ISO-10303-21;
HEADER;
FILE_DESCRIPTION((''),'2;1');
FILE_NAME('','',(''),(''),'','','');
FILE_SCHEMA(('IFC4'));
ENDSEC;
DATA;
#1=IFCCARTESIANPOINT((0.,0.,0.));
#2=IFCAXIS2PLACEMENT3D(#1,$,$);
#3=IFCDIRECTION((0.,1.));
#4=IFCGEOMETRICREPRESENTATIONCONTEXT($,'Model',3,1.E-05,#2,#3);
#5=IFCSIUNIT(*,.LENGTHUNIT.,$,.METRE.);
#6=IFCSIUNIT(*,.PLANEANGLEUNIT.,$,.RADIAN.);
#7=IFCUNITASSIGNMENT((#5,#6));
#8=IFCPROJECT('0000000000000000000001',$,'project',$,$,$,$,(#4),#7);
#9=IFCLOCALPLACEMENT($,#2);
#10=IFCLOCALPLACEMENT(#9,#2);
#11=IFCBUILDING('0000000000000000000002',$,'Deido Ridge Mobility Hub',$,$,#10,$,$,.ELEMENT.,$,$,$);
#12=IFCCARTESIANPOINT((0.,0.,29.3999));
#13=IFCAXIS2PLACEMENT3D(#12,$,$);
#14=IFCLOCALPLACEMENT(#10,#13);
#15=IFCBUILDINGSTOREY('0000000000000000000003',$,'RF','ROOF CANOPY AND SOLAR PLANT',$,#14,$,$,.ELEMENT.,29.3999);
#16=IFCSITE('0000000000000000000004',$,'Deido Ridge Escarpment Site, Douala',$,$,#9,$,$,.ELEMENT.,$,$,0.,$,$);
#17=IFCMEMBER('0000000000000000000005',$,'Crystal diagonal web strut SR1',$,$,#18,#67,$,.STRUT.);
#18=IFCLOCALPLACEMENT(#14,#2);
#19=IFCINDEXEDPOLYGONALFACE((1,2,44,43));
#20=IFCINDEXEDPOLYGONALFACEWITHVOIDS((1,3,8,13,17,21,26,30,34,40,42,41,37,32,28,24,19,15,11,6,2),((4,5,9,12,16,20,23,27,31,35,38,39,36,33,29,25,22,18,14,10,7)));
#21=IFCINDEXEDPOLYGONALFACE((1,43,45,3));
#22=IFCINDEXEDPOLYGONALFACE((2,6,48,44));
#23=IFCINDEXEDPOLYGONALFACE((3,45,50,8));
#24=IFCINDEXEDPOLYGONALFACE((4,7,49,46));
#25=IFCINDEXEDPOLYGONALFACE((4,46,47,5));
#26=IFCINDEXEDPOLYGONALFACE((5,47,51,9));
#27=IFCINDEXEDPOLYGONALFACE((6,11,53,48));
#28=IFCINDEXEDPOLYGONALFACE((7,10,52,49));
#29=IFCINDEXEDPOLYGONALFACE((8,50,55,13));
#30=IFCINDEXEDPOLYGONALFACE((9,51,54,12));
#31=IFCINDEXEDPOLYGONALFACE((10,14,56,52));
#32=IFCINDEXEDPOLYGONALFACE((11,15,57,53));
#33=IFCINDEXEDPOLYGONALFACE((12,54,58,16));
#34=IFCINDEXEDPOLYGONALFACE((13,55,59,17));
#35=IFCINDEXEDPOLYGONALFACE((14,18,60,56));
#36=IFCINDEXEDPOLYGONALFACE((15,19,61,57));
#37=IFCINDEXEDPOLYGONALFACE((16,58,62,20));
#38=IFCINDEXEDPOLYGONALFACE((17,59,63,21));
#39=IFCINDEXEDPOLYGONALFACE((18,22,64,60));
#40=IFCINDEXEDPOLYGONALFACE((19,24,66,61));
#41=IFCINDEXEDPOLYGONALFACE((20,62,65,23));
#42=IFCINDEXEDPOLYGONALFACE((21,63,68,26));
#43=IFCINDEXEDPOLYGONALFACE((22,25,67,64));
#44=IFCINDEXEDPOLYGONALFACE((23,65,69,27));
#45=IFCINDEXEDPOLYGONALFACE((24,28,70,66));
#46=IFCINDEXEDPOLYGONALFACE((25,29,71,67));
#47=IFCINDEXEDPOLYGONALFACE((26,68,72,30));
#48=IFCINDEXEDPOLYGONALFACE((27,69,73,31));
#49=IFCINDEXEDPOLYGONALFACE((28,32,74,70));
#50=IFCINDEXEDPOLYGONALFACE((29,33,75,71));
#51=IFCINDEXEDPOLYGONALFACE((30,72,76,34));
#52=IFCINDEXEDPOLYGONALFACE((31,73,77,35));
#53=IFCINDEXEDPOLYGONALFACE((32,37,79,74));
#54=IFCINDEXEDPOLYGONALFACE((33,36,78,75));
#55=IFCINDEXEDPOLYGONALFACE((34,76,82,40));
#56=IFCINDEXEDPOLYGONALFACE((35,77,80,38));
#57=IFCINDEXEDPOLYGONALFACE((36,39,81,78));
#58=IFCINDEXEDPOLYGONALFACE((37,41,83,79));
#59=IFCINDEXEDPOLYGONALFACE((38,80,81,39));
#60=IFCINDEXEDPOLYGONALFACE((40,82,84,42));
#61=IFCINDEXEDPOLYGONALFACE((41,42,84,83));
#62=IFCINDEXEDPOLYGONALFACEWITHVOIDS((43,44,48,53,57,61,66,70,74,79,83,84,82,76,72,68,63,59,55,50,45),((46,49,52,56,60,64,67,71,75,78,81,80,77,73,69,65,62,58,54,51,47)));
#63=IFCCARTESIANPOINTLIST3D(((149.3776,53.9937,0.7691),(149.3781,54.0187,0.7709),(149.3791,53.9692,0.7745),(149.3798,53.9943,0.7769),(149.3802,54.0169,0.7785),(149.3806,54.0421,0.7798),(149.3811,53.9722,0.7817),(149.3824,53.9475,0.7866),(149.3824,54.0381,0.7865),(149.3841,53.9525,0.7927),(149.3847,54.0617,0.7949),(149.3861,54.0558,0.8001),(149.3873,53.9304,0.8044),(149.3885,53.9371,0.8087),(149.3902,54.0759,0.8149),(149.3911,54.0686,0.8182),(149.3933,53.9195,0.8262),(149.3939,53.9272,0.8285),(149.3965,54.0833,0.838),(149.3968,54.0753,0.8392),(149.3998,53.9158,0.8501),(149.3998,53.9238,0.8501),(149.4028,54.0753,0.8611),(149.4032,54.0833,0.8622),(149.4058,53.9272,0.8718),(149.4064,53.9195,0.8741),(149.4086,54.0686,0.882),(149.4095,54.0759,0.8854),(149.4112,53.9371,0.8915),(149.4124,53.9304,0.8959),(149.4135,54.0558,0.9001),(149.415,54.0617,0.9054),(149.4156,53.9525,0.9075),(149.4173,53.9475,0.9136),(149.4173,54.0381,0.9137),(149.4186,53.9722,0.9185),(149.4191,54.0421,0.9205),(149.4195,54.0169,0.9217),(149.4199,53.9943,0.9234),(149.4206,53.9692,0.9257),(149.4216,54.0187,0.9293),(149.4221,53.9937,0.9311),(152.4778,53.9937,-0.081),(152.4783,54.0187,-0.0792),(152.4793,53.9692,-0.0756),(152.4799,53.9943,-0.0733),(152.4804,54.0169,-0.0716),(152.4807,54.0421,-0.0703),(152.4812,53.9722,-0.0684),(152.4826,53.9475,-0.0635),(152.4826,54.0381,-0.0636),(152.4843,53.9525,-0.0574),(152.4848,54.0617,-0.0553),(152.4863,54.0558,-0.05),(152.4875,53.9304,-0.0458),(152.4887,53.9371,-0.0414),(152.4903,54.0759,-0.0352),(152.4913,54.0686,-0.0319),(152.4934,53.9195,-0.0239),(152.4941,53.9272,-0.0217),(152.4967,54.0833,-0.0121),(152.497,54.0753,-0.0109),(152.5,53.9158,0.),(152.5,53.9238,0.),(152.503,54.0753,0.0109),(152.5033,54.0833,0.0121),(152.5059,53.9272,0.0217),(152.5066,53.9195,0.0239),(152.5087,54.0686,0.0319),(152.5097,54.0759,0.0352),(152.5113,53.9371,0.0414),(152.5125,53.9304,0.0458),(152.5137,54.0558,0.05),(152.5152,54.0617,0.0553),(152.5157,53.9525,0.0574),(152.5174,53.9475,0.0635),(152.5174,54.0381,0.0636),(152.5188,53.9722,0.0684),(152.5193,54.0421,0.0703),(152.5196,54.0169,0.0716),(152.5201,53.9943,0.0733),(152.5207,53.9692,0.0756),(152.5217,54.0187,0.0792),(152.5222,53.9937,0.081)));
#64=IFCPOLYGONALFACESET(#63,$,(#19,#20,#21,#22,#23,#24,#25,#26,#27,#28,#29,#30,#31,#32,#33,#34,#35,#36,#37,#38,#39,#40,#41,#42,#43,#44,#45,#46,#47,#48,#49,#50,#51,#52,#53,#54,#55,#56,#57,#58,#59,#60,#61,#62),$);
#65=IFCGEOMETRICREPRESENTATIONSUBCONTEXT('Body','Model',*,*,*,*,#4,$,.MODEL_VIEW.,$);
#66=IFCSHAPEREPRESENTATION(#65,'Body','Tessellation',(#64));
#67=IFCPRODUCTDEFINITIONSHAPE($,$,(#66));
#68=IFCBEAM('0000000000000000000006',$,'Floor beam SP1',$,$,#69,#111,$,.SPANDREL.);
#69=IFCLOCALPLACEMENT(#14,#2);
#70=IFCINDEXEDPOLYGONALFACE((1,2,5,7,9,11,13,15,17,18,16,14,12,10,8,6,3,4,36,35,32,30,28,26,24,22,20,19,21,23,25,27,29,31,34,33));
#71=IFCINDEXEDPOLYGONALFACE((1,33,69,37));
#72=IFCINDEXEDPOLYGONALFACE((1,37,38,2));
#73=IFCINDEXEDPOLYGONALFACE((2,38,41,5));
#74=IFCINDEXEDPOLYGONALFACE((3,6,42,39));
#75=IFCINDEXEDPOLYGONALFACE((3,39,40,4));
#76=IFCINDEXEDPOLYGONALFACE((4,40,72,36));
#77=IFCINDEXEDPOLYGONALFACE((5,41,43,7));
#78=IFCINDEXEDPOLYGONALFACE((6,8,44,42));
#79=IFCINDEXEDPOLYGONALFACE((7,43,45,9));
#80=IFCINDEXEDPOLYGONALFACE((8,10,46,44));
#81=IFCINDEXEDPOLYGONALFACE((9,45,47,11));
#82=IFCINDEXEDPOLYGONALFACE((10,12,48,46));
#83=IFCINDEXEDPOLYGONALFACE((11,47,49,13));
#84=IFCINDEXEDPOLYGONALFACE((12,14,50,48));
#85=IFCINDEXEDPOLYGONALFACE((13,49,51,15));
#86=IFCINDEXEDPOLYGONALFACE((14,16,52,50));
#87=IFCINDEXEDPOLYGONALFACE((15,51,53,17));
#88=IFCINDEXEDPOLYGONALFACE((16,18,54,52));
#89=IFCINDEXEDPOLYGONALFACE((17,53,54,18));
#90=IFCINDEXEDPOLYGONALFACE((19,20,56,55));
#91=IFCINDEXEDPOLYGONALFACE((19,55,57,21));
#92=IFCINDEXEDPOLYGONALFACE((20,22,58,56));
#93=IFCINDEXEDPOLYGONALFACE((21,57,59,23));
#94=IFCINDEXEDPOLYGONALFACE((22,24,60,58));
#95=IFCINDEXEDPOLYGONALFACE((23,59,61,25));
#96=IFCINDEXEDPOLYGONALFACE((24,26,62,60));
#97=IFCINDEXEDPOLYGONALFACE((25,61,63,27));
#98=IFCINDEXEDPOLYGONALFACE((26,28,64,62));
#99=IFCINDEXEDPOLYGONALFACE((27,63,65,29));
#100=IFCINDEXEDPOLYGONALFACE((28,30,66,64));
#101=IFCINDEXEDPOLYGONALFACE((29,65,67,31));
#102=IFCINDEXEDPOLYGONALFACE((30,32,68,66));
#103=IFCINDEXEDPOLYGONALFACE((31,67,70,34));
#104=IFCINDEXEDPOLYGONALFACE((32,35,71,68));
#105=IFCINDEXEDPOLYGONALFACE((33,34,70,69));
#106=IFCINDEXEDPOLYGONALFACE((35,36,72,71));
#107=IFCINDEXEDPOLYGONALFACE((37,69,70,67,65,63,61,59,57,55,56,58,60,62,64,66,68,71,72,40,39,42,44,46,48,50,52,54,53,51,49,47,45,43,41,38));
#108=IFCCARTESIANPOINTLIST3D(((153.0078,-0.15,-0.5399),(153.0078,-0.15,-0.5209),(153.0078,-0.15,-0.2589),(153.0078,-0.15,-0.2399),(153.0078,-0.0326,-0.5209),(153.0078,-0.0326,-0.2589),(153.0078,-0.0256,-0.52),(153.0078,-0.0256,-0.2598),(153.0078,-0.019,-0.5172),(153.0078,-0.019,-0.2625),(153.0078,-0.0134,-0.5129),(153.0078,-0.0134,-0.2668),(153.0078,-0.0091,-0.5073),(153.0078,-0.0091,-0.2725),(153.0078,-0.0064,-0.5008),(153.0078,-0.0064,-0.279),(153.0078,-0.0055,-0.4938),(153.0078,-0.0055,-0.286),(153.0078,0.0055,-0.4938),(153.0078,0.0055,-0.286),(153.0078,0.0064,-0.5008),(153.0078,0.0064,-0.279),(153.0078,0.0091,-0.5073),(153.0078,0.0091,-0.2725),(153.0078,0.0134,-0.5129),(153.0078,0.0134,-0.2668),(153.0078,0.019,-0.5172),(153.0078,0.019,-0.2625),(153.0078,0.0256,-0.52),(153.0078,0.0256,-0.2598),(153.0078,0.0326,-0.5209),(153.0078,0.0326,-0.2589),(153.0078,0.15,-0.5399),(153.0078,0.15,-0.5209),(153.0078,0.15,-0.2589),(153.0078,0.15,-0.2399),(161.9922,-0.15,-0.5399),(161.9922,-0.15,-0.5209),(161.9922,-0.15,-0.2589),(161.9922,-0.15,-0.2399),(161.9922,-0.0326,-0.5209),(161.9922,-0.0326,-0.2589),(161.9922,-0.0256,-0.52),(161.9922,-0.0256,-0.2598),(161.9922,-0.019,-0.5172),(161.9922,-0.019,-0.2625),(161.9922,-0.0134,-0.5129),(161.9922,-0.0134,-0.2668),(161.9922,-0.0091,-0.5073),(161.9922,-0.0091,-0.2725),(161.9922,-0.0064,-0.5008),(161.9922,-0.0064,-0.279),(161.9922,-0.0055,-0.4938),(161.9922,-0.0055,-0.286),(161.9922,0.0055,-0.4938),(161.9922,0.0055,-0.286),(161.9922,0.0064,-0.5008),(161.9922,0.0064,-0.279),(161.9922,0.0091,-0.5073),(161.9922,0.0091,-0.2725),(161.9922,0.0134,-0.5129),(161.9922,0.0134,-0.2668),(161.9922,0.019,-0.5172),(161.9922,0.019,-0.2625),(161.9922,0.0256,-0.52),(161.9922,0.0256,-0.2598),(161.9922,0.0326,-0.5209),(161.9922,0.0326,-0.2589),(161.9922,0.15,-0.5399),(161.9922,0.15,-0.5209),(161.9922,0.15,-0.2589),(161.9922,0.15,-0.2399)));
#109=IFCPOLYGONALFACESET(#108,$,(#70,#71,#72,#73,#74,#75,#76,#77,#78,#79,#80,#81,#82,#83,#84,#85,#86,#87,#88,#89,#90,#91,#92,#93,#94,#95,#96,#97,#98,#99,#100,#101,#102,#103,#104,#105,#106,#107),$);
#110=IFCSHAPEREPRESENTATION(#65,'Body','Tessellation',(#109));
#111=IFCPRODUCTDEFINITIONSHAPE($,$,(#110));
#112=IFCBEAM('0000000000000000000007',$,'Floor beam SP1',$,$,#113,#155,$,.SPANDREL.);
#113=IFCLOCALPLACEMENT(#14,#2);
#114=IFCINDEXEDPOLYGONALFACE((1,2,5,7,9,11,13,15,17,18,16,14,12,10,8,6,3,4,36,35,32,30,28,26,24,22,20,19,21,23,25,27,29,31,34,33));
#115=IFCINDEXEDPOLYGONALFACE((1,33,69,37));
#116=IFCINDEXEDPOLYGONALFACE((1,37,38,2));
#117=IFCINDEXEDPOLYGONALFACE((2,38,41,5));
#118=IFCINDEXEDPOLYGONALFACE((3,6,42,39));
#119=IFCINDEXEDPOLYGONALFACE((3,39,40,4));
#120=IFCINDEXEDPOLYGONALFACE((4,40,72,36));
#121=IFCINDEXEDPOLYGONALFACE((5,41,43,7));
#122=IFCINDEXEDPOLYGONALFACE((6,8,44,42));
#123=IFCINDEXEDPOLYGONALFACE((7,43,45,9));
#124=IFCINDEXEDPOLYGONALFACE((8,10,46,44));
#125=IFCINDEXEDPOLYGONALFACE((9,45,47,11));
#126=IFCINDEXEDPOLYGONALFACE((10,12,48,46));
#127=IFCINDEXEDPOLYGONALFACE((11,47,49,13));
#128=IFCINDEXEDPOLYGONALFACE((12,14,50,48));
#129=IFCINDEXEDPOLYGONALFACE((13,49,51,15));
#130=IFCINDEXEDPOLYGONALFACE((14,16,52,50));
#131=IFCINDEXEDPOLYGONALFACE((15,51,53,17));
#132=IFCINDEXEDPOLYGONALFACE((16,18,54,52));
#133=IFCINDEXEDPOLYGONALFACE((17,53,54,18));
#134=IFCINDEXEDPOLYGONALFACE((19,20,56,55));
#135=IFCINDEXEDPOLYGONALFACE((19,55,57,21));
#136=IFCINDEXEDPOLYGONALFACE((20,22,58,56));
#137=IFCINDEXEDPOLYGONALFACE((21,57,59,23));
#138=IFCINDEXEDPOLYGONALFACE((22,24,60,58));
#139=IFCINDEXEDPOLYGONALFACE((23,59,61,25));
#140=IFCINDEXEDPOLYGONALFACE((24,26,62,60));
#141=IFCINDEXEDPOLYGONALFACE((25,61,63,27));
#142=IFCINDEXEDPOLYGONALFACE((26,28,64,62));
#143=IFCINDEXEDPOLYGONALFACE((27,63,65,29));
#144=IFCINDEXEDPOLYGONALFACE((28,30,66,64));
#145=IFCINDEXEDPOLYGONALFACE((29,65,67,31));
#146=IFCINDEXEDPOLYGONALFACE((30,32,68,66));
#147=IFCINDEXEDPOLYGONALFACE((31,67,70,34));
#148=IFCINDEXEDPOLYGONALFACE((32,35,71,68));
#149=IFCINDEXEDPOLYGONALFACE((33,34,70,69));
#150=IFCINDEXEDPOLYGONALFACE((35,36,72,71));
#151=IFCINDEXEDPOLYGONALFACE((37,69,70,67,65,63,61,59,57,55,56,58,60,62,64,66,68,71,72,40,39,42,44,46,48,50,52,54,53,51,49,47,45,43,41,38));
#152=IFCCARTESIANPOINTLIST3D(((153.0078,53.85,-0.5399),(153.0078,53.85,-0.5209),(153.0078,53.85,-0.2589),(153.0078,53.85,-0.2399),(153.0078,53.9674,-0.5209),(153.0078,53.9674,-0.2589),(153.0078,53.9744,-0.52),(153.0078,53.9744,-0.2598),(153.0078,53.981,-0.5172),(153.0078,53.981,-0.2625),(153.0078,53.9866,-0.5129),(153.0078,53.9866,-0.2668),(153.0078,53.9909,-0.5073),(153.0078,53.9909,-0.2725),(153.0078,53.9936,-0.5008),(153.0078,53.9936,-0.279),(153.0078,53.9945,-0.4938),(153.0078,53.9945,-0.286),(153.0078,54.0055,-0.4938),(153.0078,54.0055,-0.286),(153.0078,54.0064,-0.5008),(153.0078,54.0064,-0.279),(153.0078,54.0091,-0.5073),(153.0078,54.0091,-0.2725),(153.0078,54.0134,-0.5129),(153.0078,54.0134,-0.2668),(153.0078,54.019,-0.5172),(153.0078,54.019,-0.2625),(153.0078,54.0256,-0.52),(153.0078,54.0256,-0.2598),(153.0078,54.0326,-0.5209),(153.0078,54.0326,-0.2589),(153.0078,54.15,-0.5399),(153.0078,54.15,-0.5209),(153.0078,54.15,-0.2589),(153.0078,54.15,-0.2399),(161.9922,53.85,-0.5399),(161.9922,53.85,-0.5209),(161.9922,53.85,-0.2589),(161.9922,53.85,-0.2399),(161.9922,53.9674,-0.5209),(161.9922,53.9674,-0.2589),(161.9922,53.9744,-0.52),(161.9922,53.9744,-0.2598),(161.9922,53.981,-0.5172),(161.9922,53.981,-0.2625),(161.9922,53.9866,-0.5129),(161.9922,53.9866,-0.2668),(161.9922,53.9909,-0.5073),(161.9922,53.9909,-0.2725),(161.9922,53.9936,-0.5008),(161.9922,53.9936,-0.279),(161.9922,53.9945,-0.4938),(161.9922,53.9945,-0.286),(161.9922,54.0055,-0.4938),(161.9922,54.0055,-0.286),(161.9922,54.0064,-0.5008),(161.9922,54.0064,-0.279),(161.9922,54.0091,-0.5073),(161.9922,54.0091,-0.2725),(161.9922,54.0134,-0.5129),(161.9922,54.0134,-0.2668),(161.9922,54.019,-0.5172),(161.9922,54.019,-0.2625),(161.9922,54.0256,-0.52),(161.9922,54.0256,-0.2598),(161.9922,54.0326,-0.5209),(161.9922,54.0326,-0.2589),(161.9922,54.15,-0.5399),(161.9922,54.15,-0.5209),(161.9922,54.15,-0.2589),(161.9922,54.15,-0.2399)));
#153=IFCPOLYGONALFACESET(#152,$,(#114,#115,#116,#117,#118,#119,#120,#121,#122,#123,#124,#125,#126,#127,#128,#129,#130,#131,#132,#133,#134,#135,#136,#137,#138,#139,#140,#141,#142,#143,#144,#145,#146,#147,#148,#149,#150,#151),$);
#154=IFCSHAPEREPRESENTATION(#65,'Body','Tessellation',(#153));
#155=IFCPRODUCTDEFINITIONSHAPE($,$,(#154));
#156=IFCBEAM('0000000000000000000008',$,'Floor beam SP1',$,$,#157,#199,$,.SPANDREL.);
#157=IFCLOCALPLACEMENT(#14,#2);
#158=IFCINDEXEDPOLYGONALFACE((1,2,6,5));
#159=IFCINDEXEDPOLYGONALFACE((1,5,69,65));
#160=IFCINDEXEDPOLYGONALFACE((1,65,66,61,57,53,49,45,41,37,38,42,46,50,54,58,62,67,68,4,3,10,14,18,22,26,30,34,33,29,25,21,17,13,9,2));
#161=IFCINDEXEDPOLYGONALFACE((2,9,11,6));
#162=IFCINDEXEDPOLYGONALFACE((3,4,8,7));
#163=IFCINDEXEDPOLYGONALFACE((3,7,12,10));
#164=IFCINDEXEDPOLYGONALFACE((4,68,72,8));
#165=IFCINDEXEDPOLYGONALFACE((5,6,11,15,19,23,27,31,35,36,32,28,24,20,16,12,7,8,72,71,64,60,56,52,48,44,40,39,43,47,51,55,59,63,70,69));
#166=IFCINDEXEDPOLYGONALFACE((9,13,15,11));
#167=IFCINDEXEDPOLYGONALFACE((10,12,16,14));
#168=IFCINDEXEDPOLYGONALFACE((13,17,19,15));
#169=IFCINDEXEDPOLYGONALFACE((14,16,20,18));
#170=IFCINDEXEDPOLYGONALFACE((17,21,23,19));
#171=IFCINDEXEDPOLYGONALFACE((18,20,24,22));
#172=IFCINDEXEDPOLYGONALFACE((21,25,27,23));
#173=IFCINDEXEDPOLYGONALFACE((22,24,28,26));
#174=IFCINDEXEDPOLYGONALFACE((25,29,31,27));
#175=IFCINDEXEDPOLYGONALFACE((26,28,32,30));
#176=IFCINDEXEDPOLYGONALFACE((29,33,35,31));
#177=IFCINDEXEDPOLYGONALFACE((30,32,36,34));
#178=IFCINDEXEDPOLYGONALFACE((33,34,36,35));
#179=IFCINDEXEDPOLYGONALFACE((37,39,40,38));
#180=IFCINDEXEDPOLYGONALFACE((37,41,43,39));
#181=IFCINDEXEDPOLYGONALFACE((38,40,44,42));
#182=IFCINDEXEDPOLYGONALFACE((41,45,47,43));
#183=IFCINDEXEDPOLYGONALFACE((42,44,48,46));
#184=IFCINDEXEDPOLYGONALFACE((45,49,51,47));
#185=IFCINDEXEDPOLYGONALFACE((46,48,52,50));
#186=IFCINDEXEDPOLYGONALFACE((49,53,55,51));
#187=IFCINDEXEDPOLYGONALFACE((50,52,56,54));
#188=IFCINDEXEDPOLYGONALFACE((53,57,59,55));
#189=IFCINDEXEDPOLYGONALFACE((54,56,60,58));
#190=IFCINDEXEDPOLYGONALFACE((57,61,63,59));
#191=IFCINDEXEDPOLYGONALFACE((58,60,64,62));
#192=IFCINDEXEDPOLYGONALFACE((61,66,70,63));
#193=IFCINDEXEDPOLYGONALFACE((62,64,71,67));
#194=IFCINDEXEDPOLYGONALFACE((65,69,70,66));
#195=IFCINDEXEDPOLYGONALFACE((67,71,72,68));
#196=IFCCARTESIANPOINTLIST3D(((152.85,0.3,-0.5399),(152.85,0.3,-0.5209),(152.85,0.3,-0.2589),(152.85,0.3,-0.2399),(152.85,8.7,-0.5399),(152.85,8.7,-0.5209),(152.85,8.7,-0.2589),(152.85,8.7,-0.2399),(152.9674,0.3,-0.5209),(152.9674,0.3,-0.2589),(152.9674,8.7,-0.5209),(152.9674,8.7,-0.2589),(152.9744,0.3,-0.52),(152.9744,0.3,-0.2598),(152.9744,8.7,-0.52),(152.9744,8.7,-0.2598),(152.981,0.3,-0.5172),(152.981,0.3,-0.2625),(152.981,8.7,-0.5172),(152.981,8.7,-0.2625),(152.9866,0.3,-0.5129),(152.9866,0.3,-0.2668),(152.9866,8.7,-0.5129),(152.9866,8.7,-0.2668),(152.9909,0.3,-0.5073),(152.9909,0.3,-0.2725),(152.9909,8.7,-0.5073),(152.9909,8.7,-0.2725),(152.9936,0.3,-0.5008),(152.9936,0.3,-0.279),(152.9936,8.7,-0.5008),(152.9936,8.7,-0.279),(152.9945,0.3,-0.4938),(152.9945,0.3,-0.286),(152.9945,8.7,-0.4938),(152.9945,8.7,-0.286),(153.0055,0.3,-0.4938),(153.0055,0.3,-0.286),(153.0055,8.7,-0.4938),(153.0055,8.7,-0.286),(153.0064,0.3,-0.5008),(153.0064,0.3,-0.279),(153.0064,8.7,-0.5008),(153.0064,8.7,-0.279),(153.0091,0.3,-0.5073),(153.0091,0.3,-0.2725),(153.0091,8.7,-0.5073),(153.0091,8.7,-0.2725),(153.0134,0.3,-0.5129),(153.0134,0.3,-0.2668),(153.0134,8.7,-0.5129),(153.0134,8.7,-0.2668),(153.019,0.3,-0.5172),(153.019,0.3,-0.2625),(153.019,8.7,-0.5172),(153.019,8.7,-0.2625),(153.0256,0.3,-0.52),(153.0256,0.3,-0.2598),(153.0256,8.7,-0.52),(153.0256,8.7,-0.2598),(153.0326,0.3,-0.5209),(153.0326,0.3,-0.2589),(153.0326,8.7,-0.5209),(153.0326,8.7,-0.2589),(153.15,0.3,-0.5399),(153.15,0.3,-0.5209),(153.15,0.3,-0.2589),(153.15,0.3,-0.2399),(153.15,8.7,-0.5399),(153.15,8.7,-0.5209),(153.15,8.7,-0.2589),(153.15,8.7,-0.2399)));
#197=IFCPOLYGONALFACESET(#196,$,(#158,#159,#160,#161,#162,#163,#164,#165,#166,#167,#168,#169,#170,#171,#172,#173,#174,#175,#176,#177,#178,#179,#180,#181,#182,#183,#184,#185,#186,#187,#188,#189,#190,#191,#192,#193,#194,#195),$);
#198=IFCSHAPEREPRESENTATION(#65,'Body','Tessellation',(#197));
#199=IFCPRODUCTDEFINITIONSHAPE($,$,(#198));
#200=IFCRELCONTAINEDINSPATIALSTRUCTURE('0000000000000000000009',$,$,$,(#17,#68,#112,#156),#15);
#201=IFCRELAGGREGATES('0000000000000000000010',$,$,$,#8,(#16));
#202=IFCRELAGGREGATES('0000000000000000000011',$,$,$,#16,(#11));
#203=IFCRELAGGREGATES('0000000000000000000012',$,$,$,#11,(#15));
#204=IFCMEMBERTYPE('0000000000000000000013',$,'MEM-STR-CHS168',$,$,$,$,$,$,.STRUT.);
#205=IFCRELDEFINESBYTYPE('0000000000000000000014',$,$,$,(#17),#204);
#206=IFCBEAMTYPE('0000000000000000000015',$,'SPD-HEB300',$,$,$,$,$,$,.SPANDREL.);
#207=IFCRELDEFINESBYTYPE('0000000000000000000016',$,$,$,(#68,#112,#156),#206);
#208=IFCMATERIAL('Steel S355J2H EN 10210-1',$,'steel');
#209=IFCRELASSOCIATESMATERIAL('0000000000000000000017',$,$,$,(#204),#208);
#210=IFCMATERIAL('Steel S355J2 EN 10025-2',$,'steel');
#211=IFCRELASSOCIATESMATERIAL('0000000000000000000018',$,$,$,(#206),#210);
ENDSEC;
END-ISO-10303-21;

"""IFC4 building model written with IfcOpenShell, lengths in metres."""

from ifc_helpers import new_model, si_unit, direction, frame, origin, origin_2d, place, context, subcontext, project, spatial, hollow_circle, i_section, extrude, material, material_profile, profile_set, type_object, element, save


model = new_model("IFC4")

# Units and contexts
model_context = context("Model", 3, precision=1e-05, world=origin(), true_north=direction((0.0, 1.0)))
body_context = subcontext(model_context, "Body", "Model", "MODEL_VIEW")
ifc_project = project(units=[si_unit("LENGTHUNIT", "METRE"), si_unit("PLANEANGLEUNIT", "RADIAN")], contexts=[model_context])

# Site, building, storey
site_placement = place(None, origin())
site = spatial("IfcSite", under=ifc_project, at=site_placement, Name="Deido Ridge Escarpment Site, Douala", CompositionType="ELEMENT", RefElevation=0.0)
building_placement = place(site_placement, origin())
building = spatial("IfcBuilding", under=site, at=building_placement, Name="Deido Ridge Mobility Hub", CompositionType="ELEMENT")
storey_placement = place(building_placement, frame((0.0, 0.0, 29.3999)))
storey = spatial("IfcBuildingStorey", under=building, at=storey_placement, Name="RF", Description="ROOF CANOPY AND SOLAR PLANT", CompositionType="ELEMENT", Elevation=29.3999)

# Shared definitions
ifc_material_1 = material(Name="Steel S355J2 EN 10025-2", Category="steel")

# Member
ifc_material_2 = material(Name="Steel S355J2H EN 10210-1", Category="steel")
ifc_material_profile_1 = material_profile(ifc_material_2, hollow_circle(Radius=0.0842, WallThickness=0.0081, at=origin_2d()), Name="CHS 168.3x8")
ifc_profile_set_1 = profile_set([ifc_material_profile_1], Name="Steel S355J2H EN 10210-1")
member_type_1 = type_object("IfcMemberType", Name="MEM-STR-CHS168", PredefinedType="STRUT", material=ifc_profile_set_1)
member_1_placement = place(storey_placement, frame((152.5, 54.0, 0.0), z_axis=(-0.964398, 0.0, 0.264454), x_axis=(0.0, -1.0, 0.0)))
element("IfcMember", 1, at=member_1_placement, inside=storey, type_object=member_type_1, Name="Crystal diagonal web strut SR1", PredefinedType="STRUT", context=body_context, shape_type="SweptSolid", body=[
    extrude(hollow_circle(Radius=0.0842, WallThickness=0.0081, at=origin_2d()), origin(), (0.0, 0.0, 1.0), 3.2146),
])

# Beams
ifc_material_profile_2 = material_profile(ifc_material_1, i_section(OverallWidth=0.3, OverallDepth=0.3, WebThickness=0.011, FlangeThickness=0.019, FilletRadius=0.0271, at=origin_2d()), Name="HEB 300")
ifc_profile_set_2 = profile_set([ifc_material_profile_2], Name="Steel S355J2 EN 10025-2")
beam_type_1 = type_object("IfcBeamType", Name="SPD-HEB300", PredefinedType="SPANDREL", material=ifc_profile_set_2)
for number, where, z_axis, x_axis, name in (
    (2, (153.0078, 0.0, -0.3899), (1.0, 0.0, 0.0), (0.0, 1.0, 0.0), "Floor beam SP1"),
    (3, (153.0078, 54.0, -0.3899), (1.0, 0.0, 0.0), (0.0, 1.0, 0.0), "Floor beam SP1"),
):
    element("IfcBeam", number, at=place(storey_placement, frame(where, z_axis=z_axis, x_axis=x_axis)), inside=storey, type_object=beam_type_1, Name=name, PredefinedType="SPANDREL", context=body_context, shape_type="SweptSolid", body=[
        extrude(i_section(OverallWidth=0.3, OverallDepth=0.3, WebThickness=0.011, FlangeThickness=0.019, FilletRadius=0.0271, at=origin_2d()), origin(), (0.0, 0.0, 1.0), 8.9844),
    ])
for number, where, z_axis, x_axis, name in (
    (4, (153.0, 0.3, -0.3899), (0.0, 1.0, 0.0), (-1.0, 0.0, 0.0), "Floor beam SP1"),
):
    element("IfcBeam", number, at=place(storey_placement, frame(where, z_axis=z_axis, x_axis=x_axis)), inside=storey, type_object=beam_type_1, Name=name, PredefinedType="SPANDREL", context=body_context, shape_type="SweptSolid", body=[
        extrude(i_section(OverallWidth=0.3, OverallDepth=0.3, WebThickness=0.011, FlangeThickness=0.019, FilletRadius=0.0271, at=origin_2d()), origin(), (0.0, 0.0, 1.0), 8.3999),
    ])

save(model, "model.ifc")
